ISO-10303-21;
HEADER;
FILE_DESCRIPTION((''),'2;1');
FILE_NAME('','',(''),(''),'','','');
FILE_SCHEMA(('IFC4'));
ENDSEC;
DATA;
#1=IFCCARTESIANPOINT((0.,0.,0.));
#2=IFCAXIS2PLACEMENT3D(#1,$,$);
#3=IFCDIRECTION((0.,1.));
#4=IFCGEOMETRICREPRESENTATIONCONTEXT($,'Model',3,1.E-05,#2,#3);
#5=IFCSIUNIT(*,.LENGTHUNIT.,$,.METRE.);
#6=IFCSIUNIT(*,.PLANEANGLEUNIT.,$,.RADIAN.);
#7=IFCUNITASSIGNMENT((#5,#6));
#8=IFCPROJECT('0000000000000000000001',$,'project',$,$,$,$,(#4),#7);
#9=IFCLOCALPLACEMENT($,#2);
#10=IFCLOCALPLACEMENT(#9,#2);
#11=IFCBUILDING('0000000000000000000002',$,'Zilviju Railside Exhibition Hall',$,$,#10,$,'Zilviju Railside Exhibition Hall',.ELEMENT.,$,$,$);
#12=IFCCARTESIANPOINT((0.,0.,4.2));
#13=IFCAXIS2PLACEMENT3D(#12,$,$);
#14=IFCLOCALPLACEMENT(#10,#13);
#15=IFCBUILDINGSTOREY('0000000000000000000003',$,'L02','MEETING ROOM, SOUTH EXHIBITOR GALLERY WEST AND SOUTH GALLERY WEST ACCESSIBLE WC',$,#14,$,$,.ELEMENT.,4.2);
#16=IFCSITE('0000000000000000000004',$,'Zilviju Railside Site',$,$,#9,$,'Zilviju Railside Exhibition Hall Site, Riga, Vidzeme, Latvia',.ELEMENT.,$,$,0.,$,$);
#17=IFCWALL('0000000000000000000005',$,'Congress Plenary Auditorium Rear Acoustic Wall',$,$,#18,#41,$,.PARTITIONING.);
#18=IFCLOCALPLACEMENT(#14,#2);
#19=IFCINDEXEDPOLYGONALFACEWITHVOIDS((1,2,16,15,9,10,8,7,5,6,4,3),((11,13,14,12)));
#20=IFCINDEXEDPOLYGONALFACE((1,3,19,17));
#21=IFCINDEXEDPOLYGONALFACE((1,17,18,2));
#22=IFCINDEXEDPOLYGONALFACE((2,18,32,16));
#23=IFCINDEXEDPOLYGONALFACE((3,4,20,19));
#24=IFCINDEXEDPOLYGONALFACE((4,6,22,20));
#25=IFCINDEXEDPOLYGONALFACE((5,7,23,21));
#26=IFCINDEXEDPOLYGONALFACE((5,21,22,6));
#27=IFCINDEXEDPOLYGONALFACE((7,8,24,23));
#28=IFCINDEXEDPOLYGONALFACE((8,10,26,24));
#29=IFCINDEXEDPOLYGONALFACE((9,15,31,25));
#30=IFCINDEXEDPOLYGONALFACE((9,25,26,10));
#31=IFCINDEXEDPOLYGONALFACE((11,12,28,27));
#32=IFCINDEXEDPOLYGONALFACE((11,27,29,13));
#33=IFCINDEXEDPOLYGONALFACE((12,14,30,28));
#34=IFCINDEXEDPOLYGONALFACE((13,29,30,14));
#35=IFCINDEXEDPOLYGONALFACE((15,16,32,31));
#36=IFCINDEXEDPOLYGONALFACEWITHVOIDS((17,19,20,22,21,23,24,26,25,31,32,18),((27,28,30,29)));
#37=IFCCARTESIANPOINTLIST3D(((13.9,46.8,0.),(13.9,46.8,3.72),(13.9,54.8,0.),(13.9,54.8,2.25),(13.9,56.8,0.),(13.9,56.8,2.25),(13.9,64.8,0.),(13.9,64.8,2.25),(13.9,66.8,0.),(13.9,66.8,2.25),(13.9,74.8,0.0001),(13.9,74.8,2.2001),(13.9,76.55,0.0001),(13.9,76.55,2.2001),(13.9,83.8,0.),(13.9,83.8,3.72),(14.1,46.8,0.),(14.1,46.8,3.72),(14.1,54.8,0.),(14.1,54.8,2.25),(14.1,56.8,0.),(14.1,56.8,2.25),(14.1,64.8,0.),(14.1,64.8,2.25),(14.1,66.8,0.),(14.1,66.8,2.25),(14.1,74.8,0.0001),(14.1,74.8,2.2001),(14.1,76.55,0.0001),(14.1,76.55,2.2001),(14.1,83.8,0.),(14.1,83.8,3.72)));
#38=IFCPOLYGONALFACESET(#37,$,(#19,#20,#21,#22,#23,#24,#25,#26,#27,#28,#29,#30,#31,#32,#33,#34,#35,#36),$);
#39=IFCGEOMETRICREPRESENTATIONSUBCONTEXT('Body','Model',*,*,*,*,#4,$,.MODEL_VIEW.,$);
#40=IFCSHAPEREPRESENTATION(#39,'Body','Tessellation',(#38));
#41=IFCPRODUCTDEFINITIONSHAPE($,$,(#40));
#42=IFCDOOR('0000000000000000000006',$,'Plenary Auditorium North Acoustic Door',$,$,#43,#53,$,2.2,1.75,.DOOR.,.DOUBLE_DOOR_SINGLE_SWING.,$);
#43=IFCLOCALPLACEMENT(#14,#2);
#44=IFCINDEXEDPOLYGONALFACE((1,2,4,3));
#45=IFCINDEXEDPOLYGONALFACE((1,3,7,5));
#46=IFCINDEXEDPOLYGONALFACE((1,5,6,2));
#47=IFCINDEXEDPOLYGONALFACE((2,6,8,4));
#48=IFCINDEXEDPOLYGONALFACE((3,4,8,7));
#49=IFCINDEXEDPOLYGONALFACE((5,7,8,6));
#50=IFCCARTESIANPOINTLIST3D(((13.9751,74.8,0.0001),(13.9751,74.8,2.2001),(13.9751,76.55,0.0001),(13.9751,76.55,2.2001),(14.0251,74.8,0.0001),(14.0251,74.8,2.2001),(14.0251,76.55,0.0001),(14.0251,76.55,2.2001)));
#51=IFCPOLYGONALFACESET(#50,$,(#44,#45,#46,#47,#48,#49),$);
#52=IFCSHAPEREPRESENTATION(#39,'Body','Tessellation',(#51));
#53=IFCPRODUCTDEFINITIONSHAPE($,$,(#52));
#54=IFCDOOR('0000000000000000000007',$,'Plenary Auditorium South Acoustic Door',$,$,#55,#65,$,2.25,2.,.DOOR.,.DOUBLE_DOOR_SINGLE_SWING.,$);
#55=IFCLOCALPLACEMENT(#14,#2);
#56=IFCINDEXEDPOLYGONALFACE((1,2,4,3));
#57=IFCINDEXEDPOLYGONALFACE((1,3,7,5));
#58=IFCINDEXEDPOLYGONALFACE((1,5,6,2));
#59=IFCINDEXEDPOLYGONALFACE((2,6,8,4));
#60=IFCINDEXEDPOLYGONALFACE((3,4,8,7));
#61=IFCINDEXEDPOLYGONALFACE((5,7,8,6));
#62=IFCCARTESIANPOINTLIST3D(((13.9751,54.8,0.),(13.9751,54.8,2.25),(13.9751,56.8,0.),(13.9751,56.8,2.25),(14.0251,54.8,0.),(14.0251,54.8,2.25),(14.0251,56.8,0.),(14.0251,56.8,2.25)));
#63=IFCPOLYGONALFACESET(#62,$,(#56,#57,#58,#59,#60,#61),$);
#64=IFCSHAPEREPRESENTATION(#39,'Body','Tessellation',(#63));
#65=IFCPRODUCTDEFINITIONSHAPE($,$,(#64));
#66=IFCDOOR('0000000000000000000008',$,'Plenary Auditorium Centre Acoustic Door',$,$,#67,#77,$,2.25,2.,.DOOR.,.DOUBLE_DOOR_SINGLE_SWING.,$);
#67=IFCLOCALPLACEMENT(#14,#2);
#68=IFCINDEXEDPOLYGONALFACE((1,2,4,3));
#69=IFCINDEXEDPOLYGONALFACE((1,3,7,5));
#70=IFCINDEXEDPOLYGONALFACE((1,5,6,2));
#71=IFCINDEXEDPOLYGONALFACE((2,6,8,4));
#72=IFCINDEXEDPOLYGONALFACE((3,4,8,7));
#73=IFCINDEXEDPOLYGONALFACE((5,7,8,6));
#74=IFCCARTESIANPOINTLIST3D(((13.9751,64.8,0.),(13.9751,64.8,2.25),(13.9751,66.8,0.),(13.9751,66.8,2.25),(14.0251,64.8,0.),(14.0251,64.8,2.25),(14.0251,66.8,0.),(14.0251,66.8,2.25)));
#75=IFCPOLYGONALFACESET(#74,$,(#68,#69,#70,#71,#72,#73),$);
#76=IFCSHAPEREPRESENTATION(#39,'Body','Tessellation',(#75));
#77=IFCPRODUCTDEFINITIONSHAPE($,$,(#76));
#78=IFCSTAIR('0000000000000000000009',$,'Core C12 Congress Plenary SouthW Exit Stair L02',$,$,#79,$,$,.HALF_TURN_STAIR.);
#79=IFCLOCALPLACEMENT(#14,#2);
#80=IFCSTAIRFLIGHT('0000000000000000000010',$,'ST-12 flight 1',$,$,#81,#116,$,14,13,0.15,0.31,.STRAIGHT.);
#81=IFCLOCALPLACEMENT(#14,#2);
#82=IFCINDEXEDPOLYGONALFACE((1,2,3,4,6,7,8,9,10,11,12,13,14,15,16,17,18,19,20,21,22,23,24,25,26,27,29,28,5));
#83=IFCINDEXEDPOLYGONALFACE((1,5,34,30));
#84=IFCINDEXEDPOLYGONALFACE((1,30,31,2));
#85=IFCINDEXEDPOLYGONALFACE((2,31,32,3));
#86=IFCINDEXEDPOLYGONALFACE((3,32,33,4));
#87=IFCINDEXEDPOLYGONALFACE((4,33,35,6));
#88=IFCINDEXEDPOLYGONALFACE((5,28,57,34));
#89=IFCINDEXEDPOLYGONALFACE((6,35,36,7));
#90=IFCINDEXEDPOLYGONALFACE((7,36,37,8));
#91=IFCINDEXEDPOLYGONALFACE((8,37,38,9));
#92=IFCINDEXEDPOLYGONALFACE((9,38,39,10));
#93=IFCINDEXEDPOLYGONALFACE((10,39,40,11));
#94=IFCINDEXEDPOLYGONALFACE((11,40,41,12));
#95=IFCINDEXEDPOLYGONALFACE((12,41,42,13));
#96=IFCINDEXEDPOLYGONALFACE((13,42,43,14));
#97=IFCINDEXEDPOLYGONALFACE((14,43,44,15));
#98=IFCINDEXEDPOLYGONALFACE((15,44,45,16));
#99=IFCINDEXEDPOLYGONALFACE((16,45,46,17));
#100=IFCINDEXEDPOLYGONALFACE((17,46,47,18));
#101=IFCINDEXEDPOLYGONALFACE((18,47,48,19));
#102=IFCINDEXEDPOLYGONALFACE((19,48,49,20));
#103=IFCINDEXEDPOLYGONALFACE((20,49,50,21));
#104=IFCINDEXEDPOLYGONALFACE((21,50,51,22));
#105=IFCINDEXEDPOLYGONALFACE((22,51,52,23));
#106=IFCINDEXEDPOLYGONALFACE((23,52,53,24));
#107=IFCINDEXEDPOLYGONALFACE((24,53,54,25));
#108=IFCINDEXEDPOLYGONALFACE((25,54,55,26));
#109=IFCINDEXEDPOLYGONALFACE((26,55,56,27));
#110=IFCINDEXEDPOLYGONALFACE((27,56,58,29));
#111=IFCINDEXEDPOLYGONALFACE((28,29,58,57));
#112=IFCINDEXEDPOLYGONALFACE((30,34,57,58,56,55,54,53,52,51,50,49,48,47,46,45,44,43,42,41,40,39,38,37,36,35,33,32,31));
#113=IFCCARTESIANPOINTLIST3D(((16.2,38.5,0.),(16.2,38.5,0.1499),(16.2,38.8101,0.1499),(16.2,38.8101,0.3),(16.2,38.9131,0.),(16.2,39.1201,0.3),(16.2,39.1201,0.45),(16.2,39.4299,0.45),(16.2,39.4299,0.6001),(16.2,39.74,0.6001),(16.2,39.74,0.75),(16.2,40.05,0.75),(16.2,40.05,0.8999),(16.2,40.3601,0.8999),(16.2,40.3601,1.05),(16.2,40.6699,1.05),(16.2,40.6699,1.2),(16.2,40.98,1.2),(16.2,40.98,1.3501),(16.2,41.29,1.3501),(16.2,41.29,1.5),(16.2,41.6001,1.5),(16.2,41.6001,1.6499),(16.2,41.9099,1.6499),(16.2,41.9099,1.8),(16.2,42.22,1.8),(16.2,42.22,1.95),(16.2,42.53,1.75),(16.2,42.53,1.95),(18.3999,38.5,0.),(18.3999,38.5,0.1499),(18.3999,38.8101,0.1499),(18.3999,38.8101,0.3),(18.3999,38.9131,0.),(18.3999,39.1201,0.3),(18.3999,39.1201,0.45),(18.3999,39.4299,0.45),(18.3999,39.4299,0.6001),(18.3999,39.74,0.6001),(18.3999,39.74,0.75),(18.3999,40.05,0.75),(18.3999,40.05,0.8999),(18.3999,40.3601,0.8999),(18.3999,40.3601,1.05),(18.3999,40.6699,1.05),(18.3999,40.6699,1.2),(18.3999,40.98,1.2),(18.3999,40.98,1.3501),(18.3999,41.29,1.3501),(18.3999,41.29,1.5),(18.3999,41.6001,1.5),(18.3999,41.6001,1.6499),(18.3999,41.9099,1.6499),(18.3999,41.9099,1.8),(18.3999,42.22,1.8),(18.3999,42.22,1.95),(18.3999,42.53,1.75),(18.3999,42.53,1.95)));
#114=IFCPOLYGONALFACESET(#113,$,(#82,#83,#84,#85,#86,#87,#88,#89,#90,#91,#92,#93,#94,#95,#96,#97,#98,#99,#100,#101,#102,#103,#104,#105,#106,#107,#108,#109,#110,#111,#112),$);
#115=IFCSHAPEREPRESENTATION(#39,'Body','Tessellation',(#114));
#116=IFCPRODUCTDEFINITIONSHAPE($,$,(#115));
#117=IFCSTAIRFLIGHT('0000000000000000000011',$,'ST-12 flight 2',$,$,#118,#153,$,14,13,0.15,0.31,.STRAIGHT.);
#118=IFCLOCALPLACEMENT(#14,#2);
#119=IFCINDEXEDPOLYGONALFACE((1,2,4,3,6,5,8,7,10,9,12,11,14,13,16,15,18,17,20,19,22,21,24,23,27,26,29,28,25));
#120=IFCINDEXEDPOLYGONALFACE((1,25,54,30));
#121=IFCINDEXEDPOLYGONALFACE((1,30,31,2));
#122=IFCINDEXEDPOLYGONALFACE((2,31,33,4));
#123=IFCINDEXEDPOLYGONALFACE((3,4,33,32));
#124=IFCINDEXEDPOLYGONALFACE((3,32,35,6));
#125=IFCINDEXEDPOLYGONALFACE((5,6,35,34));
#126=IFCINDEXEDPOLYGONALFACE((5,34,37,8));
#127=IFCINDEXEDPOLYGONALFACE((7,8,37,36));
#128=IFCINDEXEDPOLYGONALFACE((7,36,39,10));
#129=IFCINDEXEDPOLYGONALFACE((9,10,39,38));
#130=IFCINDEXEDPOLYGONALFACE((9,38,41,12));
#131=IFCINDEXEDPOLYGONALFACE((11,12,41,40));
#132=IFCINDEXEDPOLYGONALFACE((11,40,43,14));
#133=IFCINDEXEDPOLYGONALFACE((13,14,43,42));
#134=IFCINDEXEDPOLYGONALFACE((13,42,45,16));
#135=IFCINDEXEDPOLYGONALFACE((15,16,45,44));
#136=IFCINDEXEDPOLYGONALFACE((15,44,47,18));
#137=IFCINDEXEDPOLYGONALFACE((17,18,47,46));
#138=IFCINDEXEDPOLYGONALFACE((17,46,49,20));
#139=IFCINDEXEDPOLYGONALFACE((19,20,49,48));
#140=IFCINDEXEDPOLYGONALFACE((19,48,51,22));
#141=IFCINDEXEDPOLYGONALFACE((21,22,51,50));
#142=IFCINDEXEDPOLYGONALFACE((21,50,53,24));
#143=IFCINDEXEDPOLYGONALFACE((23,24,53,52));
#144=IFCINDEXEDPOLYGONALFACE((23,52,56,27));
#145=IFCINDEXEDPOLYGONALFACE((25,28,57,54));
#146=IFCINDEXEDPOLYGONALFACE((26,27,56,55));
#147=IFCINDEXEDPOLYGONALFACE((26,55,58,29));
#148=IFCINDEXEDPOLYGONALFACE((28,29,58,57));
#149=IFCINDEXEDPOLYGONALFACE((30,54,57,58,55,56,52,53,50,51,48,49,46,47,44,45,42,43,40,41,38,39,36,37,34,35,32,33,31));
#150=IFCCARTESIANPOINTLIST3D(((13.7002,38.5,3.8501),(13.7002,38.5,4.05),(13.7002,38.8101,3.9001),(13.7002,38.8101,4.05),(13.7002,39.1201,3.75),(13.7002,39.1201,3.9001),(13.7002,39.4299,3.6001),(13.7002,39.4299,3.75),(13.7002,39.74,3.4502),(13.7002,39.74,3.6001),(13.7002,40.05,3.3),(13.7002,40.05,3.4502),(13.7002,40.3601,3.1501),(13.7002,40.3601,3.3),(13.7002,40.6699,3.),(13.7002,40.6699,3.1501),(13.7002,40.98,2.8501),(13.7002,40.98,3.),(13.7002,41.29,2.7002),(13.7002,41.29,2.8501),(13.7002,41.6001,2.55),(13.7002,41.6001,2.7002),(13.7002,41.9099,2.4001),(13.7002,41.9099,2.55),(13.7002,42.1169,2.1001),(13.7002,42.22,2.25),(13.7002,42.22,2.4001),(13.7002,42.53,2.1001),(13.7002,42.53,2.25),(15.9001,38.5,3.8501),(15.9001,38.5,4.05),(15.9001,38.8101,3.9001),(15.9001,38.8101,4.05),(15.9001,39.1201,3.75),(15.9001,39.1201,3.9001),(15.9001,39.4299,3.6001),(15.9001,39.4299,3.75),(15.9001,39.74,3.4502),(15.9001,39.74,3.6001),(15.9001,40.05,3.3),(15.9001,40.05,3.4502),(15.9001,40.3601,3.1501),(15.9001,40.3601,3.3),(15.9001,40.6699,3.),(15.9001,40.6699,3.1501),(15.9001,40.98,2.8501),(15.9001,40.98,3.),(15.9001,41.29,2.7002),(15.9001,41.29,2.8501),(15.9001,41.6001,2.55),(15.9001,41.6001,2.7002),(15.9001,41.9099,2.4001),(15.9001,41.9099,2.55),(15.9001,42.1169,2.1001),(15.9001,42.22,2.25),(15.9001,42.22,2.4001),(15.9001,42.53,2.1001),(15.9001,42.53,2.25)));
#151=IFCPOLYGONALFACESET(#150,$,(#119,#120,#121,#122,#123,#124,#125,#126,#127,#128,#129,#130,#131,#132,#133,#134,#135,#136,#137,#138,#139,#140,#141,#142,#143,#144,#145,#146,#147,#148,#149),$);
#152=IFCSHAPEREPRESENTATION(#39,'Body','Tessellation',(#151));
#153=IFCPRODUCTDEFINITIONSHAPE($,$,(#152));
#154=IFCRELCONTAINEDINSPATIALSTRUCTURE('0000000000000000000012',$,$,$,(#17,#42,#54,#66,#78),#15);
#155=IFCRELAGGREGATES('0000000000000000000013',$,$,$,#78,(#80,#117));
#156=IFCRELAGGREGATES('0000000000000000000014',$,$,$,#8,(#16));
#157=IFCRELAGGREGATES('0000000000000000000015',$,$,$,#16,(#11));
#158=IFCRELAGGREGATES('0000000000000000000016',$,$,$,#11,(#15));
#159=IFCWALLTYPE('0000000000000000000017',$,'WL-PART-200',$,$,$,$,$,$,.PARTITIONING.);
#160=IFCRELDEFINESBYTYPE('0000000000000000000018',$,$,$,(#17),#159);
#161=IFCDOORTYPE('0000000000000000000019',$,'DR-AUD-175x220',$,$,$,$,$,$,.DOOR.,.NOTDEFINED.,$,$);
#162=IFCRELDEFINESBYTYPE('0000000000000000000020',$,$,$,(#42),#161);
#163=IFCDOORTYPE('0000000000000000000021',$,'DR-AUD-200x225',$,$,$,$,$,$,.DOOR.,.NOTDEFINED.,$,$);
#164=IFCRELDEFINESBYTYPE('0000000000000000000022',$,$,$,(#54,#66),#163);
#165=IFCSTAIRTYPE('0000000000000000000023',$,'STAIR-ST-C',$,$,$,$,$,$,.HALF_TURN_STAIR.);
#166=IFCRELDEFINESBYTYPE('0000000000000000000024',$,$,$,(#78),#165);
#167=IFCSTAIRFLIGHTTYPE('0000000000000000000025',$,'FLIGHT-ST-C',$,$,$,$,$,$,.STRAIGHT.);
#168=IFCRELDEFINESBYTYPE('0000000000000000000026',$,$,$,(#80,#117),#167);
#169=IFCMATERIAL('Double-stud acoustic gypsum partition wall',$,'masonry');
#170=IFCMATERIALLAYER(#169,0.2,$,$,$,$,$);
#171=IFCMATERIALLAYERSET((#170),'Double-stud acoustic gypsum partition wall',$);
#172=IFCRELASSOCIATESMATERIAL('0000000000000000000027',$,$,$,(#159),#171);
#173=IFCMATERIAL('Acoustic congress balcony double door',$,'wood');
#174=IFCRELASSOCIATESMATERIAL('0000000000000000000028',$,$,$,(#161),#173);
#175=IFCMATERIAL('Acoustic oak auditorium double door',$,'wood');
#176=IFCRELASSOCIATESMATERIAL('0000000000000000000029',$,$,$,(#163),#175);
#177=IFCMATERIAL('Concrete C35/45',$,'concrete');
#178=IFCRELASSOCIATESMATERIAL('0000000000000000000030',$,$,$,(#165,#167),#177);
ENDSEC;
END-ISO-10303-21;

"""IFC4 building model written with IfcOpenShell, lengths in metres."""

from ifc_helpers import new_model, si_unit, direction, frame, frame_2d, origin, place, context, subcontext, project, spatial, polyline, rectangle, outline, extrude, material, layer, layer_set, type_object, element, fill, aggregate, save


model = new_model("IFC4")

# Units and contexts
model_context = context("Model", 3, precision=1e-05, world=origin(), true_north=direction((0.0, 1.0)))
body_context = subcontext(model_context, "Body", "Model", "MODEL_VIEW")
ifc_project = project(units=[si_unit("LENGTHUNIT", "METRE"), si_unit("PLANEANGLEUNIT", "RADIAN")], contexts=[model_context])

# Site, building, storey
site_placement = place(None, origin())
site = spatial("IfcSite", under=ifc_project, at=site_placement, Name="Zilviju Railside Site", LongName="Zilviju Railside Exhibition Hall Site, Riga, Vidzeme, Latvia", CompositionType="ELEMENT", RefElevation=0.0)
building_placement = place(site_placement, origin())
building = spatial("IfcBuilding", under=site, at=building_placement, Name="Zilviju Railside Exhibition Hall", LongName="Zilviju Railside Exhibition Hall", CompositionType="ELEMENT")
storey_placement = place(building_placement, frame((0.0, 0.0, 4.2)))
storey = spatial("IfcBuildingStorey", under=building, at=storey_placement, Name="L02", Description="MEETING ROOM, SOUTH EXHIBITOR GALLERY WEST AND SOUTH GALLERY WEST ACCESSIBLE WC", CompositionType="ELEMENT", Elevation=4.2)

# Shared definitions
ifc_material_1 = material(Name="Concrete C35/45", Category="concrete")

# Wall, openings, doors
ifc_material_2 = material(Name="Double-stud acoustic gypsum partition wall", Category="masonry")
ifc_layer_1 = layer(ifc_material_2, 0.2)
ifc_layer_set_1 = layer_set([ifc_layer_1], Name="Double-stud acoustic gypsum partition wall")
wall_type_1 = type_object("IfcWallType", Name="WL-PART-200", PredefinedType="PARTITIONING", material=ifc_layer_set_1)
wall_1_placement = place(storey_placement, frame((14.0, 46.8, 0.0), z_axis=(0.0, 0.0, 1.0), x_axis=(0.0, 1.0, 0.0)))
wall_1 = element("IfcWall", 1, at=wall_1_placement, inside=storey, type_object=wall_type_1, Name="Congress Plenary Auditorium Rear Acoustic Wall", PredefinedType="PARTITIONING", context=body_context, shape_type="SweptSolid", body=[
    extrude(rectangle(XDim=37.0, YDim=0.2, at=frame_2d((18.5, 0.0))), origin(), (0.0, 0.0, 1.0), 3.72),
])
opening_1_placement = place(wall_1_placement, frame((8.0, 0.0, 0.0)))
opening_1 = element("IfcOpeningElement", 2, at=opening_1_placement, cuts=wall_1, PredefinedType="OPENING", context=body_context, shape_type="SweptSolid", body=[
    extrude(rectangle(XDim=2.0, YDim=2.25, at=frame_2d((1.0, 1.125))), frame((0.0, 0.1099, 0.0), z_axis=(0.0, -1.0, 0.0), x_axis=(1.0, 0.0, 0.0)), (0.0, 0.0, 1.0), 0.22),
])
opening_2_placement = place(wall_1_placement, frame((18.0, 0.0, 0.0)))
opening_2 = element("IfcOpeningElement", 3, at=opening_2_placement, cuts=wall_1, PredefinedType="OPENING", context=body_context, shape_type="SweptSolid", body=[
    extrude(rectangle(XDim=2.0, YDim=2.25, at=frame_2d((1.0, 1.125))), frame((0.0, 0.1099, 0.0), z_axis=(0.0, -1.0, 0.0), x_axis=(1.0, 0.0, 0.0)), (0.0, 0.0, 1.0), 0.22),
])
opening_3_placement = place(wall_1_placement, frame((28.0, 0.0, 0.0)))
opening_3 = element("IfcOpeningElement", 4, at=opening_3_placement, cuts=wall_1, PredefinedType="OPENING", context=body_context, shape_type="SweptSolid", body=[
    extrude(rectangle(XDim=1.75, YDim=2.2, at=frame_2d((0.875, 1.1001))), frame((0.0, 0.1099, 0.0), z_axis=(0.0, -1.0, 0.0), x_axis=(1.0, 0.0, 0.0)), (0.0, 0.0, 1.0), 0.22),
])
ifc_material_3 = material(Name="Acoustic congress balcony double door", Category="wood")
door_type_1 = type_object("IfcDoorType", Name="DR-AUD-175x220", OperationType="NOTDEFINED", PredefinedType="DOOR", material=ifc_material_3)
door_1_placement = place(opening_3_placement, origin())
door_1 = element("IfcDoor", 5, at=door_1_placement, inside=storey, type_object=door_type_1, Name="Plenary Auditorium North Acoustic Door", OperationType="DOUBLE_DOOR_SINGLE_SWING", OverallHeight=2.2, OverallWidth=1.75, PredefinedType="DOOR", context=body_context, shape_type="SweptSolid", body=[
    extrude(rectangle(XDim=1.75, YDim=2.2, at=frame_2d((0.875, 1.1001))), frame((0.0, 0.0249, 0.0), z_axis=(0.0, -1.0, 0.0), x_axis=(1.0, 0.0, 0.0)), (0.0, 0.0, 1.0), 0.05),
])
fill(opening_3, door_1)
ifc_material_4 = material(Name="Acoustic oak auditorium double door", Category="wood")
door_type_2 = type_object("IfcDoorType", Name="DR-AUD-200x225", OperationType="NOTDEFINED", PredefinedType="DOOR", material=ifc_material_4)
door_2_placement = place(opening_1_placement, origin())
door_2 = element("IfcDoor", 6, at=door_2_placement, inside=storey, type_object=door_type_2, Name="Plenary Auditorium South Acoustic Door", OperationType="DOUBLE_DOOR_SINGLE_SWING", OverallHeight=2.25, OverallWidth=2.0, PredefinedType="DOOR", context=body_context, shape_type="SweptSolid", body=[
    extrude(rectangle(XDim=2.0, YDim=2.25, at=frame_2d((1.0, 1.125))), frame((0.0, 0.0249, 0.0), z_axis=(0.0, -1.0, 0.0), x_axis=(1.0, 0.0, 0.0)), (0.0, 0.0, 1.0), 0.05),
])
fill(opening_1, door_2)
door_3_placement = place(opening_2_placement, origin())
door_3 = element("IfcDoor", 7, at=door_3_placement, inside=storey, type_object=door_type_2, Name="Plenary Auditorium Centre Acoustic Door", OperationType="DOUBLE_DOOR_SINGLE_SWING", OverallHeight=2.25, OverallWidth=2.0, PredefinedType="DOOR", context=body_context, shape_type="SweptSolid", body=[
    extrude(rectangle(XDim=2.0, YDim=2.25, at=frame_2d((1.0, 1.125))), frame((0.0, 0.0249, 0.0), z_axis=(0.0, -1.0, 0.0), x_axis=(1.0, 0.0, 0.0)), (0.0, 0.0, 1.0), 0.05),
])
fill(opening_2, door_3)

# Stair, stair flights
stair_type = type_object("IfcStairType", Name="STAIR-ST-C", PredefinedType="HALF_TURN_STAIR", material=ifc_material_1)
stair_placement = place(storey_placement, origin())
stair = element("IfcStair", 8, at=stair_placement, inside=storey, type_object=stair_type, Name="Core C12 Congress Plenary SouthW Exit Stair L02", PredefinedType="HALF_TURN_STAIR")
stair_flight_type = type_object("IfcStairFlightType", Name="FLIGHT-ST-C", PredefinedType="STRAIGHT", material=ifc_material_1)
stair_flight_1_placement = place(storey_placement, frame((17.3, 38.5, 0.0), z_axis=(0.0, 0.0, 1.0), x_axis=(0.0, 1.0, 0.0)))
stair_flight_1 = element("IfcStairFlight", 9, at=stair_flight_1_placement, type_object=stair_flight_type, Name="ST-12 flight 1", NumberOfRisers=14, NumberOfTreads=13, PredefinedType="STRAIGHT", RiserHeight=0.15, TreadLength=0.31, context=body_context, shape_type="SweptSolid", body=[
    extrude(outline(polyline([(0.0, 0.0), (0.0, 0.1499), (0.3101, 0.1499), (0.3101, 0.3), (0.6201, 0.3), (0.6201, 0.45), (0.9299, 0.45), (0.9299, 0.6001), (1.24, 0.6001), (1.24, 0.75), (1.55, 0.75), (1.55, 0.8999), (1.8601, 0.8999), (1.8601, 1.05), (2.1699, 1.05), (2.1699, 1.2), (2.48, 1.2), (2.48, 1.3501), (2.79, 1.3501), (2.79, 1.5), (3.1001, 1.5), (3.1001, 1.6499), (3.4099, 1.6499), (3.4099, 1.8), (3.72, 1.8), (3.72, 1.95), (4.03, 1.95), (4.03, 2.1001), (4.03, 1.75), (0.4131, 0.0), (0.0, 0.0)])), frame((0.0, 1.1001, 0.0), z_axis=(0.0, -1.0, 0.0), x_axis=(1.0, 0.0, 0.0)), (0.0, 0.0, 1.0), 2.2),
])
stair_flight_2_placement = place(storey_placement, frame((14.8, 42.53, 2.1001), z_axis=(0.0, 0.0, 1.0), x_axis=(0.0, -1.0, 0.0)))
stair_flight_2 = element("IfcStairFlight", 10, at=stair_flight_2_placement, type_object=stair_flight_type, Name="ST-12 flight 2", NumberOfRisers=14, NumberOfTreads=13, PredefinedType="STRAIGHT", RiserHeight=0.15, TreadLength=0.31, context=body_context, shape_type="SweptSolid", body=[
    extrude(outline(polyline([(0.0, 0.0), (0.0, 0.1499), (0.3101, 0.1499), (0.3101, 0.3), (0.6201, 0.3), (0.6201, 0.45), (0.9299, 0.45), (0.9299, 0.6001), (1.24, 0.6001), (1.24, 0.75), (1.55, 0.75), (1.55, 0.8999), (1.8601, 0.8999), (1.8601, 1.05), (2.1699, 1.05), (2.1699, 1.2), (2.48, 1.2), (2.48, 1.3501), (2.79, 1.3501), (2.79, 1.5), (3.1001, 1.5), (3.1001, 1.6499), (3.4099, 1.6499), (3.4099, 1.8), (3.72, 1.8), (3.72, 1.95), (4.03, 1.95), (4.03, 2.1001), (4.03, 1.75), (0.4131, 0.0), (0.0, 0.0)])), frame((0.0, 1.1001, 0.0), z_axis=(0.0, -1.0, 0.0), x_axis=(1.0, 0.0, 0.0)), (0.0, 0.0, 1.0), 2.2),
])
aggregate(stair, [stair_flight_1, stair_flight_2])

save(model, "model.ifc")
